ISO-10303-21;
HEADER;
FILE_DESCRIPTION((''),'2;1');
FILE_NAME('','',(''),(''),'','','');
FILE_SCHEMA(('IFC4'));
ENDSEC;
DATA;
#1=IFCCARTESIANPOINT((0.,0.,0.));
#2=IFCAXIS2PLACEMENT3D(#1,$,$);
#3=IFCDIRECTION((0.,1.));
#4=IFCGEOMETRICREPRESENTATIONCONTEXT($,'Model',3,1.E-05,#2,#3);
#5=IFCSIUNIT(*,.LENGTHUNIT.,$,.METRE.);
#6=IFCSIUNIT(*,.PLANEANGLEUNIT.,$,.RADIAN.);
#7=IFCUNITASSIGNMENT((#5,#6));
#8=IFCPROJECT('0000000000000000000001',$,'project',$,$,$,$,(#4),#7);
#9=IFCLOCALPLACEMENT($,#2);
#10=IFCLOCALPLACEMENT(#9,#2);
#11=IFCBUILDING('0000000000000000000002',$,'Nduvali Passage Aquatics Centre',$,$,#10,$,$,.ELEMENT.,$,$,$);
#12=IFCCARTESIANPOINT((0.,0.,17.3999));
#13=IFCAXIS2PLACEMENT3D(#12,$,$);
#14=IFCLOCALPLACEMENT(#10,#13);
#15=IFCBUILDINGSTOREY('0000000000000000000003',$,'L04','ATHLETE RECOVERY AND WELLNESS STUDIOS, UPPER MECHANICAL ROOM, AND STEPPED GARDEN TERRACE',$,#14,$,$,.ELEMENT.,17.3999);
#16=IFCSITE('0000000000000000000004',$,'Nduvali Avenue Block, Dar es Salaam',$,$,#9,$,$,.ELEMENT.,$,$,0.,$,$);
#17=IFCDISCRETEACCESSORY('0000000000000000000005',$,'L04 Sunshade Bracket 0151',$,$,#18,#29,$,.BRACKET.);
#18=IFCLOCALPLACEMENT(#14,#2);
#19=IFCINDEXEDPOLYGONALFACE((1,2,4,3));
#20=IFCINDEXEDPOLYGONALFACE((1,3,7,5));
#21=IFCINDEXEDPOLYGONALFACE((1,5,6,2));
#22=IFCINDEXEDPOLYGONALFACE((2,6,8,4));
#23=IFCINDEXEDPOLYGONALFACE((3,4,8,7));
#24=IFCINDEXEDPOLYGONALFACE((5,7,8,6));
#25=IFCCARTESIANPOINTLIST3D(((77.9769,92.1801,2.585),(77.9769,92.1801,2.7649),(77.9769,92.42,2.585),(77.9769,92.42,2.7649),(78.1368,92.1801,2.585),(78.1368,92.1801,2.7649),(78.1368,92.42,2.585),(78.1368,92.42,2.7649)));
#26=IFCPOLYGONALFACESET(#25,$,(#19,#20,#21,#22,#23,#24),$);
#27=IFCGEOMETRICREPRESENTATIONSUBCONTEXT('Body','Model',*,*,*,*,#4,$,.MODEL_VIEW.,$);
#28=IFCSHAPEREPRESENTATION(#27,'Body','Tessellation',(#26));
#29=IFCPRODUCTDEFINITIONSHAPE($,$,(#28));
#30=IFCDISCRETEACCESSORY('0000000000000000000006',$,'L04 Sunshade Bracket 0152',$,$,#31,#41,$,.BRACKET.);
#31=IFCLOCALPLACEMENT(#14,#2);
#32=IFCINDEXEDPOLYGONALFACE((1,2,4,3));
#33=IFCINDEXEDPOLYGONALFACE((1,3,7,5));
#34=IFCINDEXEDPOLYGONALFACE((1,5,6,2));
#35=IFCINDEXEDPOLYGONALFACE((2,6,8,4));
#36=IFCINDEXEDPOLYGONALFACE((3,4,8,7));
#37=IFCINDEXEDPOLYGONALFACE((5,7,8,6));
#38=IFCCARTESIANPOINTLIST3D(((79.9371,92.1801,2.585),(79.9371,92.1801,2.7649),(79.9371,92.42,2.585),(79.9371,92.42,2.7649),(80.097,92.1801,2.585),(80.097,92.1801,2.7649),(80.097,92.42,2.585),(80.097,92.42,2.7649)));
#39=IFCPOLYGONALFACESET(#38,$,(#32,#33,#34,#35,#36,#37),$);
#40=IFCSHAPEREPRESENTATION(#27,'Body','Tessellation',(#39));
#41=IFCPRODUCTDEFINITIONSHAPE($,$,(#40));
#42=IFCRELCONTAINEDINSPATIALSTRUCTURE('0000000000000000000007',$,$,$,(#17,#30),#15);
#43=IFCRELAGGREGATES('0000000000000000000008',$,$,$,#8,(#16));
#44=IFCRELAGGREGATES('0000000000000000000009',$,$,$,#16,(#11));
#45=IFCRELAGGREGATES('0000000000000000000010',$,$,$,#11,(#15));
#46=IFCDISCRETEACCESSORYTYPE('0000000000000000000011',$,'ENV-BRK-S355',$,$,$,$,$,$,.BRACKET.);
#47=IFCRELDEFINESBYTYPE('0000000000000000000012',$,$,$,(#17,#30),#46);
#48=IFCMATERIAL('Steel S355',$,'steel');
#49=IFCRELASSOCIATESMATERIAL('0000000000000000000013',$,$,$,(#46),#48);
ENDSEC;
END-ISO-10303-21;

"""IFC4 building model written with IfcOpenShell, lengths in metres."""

from ifc_helpers import new_model, si_unit, direction, frame, origin, origin_2d, place, context, subcontext, project, spatial, rectangle, extrude, material, type_object, element, save


model = new_model("IFC4")

# Units and contexts
model_context = context("Model", 3, precision=1e-05, world=origin(), true_north=direction((0.0, 1.0)))
body_context = subcontext(model_context, "Body", "Model", "MODEL_VIEW")
ifc_project = project(units=[si_unit("LENGTHUNIT", "METRE"), si_unit("PLANEANGLEUNIT", "RADIAN")], contexts=[model_context])

# Site, building, storey
site_placement = place(None, origin())
site = spatial("IfcSite", under=ifc_project, at=site_placement, Name="Nduvali Avenue Block, Dar es Salaam", CompositionType="ELEMENT", RefElevation=0.0)
building_placement = place(site_placement, origin())
building = spatial("IfcBuilding", under=site, at=building_placement, Name="Nduvali Passage Aquatics Centre", CompositionType="ELEMENT")
storey_placement = place(building_placement, frame((0.0, 0.0, 17.3999)))
storey = spatial("IfcBuildingStorey", under=building, at=storey_placement, Name="L04", Description="ATHLETE RECOVERY AND WELLNESS STUDIOS, UPPER MECHANICAL ROOM, AND STEPPED GARDEN TERRACE", CompositionType="ELEMENT", Elevation=17.3999)

# Shared definitions
ifc_material_1 = material(Name="Steel S355", Category="steel")

# Discrete accessories
discrete_accessory_type = type_object("IfcDiscreteAccessoryType", Name="ENV-BRK-S355", PredefinedType="BRACKET", material=ifc_material_1)
for number, where, z_axis, x_axis, name in (
    (1, (78.0569, 92.3, 2.585), (0.0, 0.0, 1.0), (1.0, 0.0, 0.0), "L04 Sunshade Bracket 0151"),
    (2, (80.0171, 92.3, 2.585), (0.0, 0.0, 1.0), (1.0, 0.0, 0.0), "L04 Sunshade Bracket 0152"),
):
    element("IfcDiscreteAccessory", number, at=place(storey_placement, frame(where, z_axis=z_axis, x_axis=x_axis)), inside=storey, type_object=discrete_accessory_type, Name=name, PredefinedType="BRACKET", context=body_context, shape_type="SweptSolid", body=[
        extrude(rectangle(XDim=0.1599, YDim=0.24, at=origin_2d()), origin(), (0.0, 0.0, 1.0), 0.1799),
    ])

save(model, "model.ifc")
